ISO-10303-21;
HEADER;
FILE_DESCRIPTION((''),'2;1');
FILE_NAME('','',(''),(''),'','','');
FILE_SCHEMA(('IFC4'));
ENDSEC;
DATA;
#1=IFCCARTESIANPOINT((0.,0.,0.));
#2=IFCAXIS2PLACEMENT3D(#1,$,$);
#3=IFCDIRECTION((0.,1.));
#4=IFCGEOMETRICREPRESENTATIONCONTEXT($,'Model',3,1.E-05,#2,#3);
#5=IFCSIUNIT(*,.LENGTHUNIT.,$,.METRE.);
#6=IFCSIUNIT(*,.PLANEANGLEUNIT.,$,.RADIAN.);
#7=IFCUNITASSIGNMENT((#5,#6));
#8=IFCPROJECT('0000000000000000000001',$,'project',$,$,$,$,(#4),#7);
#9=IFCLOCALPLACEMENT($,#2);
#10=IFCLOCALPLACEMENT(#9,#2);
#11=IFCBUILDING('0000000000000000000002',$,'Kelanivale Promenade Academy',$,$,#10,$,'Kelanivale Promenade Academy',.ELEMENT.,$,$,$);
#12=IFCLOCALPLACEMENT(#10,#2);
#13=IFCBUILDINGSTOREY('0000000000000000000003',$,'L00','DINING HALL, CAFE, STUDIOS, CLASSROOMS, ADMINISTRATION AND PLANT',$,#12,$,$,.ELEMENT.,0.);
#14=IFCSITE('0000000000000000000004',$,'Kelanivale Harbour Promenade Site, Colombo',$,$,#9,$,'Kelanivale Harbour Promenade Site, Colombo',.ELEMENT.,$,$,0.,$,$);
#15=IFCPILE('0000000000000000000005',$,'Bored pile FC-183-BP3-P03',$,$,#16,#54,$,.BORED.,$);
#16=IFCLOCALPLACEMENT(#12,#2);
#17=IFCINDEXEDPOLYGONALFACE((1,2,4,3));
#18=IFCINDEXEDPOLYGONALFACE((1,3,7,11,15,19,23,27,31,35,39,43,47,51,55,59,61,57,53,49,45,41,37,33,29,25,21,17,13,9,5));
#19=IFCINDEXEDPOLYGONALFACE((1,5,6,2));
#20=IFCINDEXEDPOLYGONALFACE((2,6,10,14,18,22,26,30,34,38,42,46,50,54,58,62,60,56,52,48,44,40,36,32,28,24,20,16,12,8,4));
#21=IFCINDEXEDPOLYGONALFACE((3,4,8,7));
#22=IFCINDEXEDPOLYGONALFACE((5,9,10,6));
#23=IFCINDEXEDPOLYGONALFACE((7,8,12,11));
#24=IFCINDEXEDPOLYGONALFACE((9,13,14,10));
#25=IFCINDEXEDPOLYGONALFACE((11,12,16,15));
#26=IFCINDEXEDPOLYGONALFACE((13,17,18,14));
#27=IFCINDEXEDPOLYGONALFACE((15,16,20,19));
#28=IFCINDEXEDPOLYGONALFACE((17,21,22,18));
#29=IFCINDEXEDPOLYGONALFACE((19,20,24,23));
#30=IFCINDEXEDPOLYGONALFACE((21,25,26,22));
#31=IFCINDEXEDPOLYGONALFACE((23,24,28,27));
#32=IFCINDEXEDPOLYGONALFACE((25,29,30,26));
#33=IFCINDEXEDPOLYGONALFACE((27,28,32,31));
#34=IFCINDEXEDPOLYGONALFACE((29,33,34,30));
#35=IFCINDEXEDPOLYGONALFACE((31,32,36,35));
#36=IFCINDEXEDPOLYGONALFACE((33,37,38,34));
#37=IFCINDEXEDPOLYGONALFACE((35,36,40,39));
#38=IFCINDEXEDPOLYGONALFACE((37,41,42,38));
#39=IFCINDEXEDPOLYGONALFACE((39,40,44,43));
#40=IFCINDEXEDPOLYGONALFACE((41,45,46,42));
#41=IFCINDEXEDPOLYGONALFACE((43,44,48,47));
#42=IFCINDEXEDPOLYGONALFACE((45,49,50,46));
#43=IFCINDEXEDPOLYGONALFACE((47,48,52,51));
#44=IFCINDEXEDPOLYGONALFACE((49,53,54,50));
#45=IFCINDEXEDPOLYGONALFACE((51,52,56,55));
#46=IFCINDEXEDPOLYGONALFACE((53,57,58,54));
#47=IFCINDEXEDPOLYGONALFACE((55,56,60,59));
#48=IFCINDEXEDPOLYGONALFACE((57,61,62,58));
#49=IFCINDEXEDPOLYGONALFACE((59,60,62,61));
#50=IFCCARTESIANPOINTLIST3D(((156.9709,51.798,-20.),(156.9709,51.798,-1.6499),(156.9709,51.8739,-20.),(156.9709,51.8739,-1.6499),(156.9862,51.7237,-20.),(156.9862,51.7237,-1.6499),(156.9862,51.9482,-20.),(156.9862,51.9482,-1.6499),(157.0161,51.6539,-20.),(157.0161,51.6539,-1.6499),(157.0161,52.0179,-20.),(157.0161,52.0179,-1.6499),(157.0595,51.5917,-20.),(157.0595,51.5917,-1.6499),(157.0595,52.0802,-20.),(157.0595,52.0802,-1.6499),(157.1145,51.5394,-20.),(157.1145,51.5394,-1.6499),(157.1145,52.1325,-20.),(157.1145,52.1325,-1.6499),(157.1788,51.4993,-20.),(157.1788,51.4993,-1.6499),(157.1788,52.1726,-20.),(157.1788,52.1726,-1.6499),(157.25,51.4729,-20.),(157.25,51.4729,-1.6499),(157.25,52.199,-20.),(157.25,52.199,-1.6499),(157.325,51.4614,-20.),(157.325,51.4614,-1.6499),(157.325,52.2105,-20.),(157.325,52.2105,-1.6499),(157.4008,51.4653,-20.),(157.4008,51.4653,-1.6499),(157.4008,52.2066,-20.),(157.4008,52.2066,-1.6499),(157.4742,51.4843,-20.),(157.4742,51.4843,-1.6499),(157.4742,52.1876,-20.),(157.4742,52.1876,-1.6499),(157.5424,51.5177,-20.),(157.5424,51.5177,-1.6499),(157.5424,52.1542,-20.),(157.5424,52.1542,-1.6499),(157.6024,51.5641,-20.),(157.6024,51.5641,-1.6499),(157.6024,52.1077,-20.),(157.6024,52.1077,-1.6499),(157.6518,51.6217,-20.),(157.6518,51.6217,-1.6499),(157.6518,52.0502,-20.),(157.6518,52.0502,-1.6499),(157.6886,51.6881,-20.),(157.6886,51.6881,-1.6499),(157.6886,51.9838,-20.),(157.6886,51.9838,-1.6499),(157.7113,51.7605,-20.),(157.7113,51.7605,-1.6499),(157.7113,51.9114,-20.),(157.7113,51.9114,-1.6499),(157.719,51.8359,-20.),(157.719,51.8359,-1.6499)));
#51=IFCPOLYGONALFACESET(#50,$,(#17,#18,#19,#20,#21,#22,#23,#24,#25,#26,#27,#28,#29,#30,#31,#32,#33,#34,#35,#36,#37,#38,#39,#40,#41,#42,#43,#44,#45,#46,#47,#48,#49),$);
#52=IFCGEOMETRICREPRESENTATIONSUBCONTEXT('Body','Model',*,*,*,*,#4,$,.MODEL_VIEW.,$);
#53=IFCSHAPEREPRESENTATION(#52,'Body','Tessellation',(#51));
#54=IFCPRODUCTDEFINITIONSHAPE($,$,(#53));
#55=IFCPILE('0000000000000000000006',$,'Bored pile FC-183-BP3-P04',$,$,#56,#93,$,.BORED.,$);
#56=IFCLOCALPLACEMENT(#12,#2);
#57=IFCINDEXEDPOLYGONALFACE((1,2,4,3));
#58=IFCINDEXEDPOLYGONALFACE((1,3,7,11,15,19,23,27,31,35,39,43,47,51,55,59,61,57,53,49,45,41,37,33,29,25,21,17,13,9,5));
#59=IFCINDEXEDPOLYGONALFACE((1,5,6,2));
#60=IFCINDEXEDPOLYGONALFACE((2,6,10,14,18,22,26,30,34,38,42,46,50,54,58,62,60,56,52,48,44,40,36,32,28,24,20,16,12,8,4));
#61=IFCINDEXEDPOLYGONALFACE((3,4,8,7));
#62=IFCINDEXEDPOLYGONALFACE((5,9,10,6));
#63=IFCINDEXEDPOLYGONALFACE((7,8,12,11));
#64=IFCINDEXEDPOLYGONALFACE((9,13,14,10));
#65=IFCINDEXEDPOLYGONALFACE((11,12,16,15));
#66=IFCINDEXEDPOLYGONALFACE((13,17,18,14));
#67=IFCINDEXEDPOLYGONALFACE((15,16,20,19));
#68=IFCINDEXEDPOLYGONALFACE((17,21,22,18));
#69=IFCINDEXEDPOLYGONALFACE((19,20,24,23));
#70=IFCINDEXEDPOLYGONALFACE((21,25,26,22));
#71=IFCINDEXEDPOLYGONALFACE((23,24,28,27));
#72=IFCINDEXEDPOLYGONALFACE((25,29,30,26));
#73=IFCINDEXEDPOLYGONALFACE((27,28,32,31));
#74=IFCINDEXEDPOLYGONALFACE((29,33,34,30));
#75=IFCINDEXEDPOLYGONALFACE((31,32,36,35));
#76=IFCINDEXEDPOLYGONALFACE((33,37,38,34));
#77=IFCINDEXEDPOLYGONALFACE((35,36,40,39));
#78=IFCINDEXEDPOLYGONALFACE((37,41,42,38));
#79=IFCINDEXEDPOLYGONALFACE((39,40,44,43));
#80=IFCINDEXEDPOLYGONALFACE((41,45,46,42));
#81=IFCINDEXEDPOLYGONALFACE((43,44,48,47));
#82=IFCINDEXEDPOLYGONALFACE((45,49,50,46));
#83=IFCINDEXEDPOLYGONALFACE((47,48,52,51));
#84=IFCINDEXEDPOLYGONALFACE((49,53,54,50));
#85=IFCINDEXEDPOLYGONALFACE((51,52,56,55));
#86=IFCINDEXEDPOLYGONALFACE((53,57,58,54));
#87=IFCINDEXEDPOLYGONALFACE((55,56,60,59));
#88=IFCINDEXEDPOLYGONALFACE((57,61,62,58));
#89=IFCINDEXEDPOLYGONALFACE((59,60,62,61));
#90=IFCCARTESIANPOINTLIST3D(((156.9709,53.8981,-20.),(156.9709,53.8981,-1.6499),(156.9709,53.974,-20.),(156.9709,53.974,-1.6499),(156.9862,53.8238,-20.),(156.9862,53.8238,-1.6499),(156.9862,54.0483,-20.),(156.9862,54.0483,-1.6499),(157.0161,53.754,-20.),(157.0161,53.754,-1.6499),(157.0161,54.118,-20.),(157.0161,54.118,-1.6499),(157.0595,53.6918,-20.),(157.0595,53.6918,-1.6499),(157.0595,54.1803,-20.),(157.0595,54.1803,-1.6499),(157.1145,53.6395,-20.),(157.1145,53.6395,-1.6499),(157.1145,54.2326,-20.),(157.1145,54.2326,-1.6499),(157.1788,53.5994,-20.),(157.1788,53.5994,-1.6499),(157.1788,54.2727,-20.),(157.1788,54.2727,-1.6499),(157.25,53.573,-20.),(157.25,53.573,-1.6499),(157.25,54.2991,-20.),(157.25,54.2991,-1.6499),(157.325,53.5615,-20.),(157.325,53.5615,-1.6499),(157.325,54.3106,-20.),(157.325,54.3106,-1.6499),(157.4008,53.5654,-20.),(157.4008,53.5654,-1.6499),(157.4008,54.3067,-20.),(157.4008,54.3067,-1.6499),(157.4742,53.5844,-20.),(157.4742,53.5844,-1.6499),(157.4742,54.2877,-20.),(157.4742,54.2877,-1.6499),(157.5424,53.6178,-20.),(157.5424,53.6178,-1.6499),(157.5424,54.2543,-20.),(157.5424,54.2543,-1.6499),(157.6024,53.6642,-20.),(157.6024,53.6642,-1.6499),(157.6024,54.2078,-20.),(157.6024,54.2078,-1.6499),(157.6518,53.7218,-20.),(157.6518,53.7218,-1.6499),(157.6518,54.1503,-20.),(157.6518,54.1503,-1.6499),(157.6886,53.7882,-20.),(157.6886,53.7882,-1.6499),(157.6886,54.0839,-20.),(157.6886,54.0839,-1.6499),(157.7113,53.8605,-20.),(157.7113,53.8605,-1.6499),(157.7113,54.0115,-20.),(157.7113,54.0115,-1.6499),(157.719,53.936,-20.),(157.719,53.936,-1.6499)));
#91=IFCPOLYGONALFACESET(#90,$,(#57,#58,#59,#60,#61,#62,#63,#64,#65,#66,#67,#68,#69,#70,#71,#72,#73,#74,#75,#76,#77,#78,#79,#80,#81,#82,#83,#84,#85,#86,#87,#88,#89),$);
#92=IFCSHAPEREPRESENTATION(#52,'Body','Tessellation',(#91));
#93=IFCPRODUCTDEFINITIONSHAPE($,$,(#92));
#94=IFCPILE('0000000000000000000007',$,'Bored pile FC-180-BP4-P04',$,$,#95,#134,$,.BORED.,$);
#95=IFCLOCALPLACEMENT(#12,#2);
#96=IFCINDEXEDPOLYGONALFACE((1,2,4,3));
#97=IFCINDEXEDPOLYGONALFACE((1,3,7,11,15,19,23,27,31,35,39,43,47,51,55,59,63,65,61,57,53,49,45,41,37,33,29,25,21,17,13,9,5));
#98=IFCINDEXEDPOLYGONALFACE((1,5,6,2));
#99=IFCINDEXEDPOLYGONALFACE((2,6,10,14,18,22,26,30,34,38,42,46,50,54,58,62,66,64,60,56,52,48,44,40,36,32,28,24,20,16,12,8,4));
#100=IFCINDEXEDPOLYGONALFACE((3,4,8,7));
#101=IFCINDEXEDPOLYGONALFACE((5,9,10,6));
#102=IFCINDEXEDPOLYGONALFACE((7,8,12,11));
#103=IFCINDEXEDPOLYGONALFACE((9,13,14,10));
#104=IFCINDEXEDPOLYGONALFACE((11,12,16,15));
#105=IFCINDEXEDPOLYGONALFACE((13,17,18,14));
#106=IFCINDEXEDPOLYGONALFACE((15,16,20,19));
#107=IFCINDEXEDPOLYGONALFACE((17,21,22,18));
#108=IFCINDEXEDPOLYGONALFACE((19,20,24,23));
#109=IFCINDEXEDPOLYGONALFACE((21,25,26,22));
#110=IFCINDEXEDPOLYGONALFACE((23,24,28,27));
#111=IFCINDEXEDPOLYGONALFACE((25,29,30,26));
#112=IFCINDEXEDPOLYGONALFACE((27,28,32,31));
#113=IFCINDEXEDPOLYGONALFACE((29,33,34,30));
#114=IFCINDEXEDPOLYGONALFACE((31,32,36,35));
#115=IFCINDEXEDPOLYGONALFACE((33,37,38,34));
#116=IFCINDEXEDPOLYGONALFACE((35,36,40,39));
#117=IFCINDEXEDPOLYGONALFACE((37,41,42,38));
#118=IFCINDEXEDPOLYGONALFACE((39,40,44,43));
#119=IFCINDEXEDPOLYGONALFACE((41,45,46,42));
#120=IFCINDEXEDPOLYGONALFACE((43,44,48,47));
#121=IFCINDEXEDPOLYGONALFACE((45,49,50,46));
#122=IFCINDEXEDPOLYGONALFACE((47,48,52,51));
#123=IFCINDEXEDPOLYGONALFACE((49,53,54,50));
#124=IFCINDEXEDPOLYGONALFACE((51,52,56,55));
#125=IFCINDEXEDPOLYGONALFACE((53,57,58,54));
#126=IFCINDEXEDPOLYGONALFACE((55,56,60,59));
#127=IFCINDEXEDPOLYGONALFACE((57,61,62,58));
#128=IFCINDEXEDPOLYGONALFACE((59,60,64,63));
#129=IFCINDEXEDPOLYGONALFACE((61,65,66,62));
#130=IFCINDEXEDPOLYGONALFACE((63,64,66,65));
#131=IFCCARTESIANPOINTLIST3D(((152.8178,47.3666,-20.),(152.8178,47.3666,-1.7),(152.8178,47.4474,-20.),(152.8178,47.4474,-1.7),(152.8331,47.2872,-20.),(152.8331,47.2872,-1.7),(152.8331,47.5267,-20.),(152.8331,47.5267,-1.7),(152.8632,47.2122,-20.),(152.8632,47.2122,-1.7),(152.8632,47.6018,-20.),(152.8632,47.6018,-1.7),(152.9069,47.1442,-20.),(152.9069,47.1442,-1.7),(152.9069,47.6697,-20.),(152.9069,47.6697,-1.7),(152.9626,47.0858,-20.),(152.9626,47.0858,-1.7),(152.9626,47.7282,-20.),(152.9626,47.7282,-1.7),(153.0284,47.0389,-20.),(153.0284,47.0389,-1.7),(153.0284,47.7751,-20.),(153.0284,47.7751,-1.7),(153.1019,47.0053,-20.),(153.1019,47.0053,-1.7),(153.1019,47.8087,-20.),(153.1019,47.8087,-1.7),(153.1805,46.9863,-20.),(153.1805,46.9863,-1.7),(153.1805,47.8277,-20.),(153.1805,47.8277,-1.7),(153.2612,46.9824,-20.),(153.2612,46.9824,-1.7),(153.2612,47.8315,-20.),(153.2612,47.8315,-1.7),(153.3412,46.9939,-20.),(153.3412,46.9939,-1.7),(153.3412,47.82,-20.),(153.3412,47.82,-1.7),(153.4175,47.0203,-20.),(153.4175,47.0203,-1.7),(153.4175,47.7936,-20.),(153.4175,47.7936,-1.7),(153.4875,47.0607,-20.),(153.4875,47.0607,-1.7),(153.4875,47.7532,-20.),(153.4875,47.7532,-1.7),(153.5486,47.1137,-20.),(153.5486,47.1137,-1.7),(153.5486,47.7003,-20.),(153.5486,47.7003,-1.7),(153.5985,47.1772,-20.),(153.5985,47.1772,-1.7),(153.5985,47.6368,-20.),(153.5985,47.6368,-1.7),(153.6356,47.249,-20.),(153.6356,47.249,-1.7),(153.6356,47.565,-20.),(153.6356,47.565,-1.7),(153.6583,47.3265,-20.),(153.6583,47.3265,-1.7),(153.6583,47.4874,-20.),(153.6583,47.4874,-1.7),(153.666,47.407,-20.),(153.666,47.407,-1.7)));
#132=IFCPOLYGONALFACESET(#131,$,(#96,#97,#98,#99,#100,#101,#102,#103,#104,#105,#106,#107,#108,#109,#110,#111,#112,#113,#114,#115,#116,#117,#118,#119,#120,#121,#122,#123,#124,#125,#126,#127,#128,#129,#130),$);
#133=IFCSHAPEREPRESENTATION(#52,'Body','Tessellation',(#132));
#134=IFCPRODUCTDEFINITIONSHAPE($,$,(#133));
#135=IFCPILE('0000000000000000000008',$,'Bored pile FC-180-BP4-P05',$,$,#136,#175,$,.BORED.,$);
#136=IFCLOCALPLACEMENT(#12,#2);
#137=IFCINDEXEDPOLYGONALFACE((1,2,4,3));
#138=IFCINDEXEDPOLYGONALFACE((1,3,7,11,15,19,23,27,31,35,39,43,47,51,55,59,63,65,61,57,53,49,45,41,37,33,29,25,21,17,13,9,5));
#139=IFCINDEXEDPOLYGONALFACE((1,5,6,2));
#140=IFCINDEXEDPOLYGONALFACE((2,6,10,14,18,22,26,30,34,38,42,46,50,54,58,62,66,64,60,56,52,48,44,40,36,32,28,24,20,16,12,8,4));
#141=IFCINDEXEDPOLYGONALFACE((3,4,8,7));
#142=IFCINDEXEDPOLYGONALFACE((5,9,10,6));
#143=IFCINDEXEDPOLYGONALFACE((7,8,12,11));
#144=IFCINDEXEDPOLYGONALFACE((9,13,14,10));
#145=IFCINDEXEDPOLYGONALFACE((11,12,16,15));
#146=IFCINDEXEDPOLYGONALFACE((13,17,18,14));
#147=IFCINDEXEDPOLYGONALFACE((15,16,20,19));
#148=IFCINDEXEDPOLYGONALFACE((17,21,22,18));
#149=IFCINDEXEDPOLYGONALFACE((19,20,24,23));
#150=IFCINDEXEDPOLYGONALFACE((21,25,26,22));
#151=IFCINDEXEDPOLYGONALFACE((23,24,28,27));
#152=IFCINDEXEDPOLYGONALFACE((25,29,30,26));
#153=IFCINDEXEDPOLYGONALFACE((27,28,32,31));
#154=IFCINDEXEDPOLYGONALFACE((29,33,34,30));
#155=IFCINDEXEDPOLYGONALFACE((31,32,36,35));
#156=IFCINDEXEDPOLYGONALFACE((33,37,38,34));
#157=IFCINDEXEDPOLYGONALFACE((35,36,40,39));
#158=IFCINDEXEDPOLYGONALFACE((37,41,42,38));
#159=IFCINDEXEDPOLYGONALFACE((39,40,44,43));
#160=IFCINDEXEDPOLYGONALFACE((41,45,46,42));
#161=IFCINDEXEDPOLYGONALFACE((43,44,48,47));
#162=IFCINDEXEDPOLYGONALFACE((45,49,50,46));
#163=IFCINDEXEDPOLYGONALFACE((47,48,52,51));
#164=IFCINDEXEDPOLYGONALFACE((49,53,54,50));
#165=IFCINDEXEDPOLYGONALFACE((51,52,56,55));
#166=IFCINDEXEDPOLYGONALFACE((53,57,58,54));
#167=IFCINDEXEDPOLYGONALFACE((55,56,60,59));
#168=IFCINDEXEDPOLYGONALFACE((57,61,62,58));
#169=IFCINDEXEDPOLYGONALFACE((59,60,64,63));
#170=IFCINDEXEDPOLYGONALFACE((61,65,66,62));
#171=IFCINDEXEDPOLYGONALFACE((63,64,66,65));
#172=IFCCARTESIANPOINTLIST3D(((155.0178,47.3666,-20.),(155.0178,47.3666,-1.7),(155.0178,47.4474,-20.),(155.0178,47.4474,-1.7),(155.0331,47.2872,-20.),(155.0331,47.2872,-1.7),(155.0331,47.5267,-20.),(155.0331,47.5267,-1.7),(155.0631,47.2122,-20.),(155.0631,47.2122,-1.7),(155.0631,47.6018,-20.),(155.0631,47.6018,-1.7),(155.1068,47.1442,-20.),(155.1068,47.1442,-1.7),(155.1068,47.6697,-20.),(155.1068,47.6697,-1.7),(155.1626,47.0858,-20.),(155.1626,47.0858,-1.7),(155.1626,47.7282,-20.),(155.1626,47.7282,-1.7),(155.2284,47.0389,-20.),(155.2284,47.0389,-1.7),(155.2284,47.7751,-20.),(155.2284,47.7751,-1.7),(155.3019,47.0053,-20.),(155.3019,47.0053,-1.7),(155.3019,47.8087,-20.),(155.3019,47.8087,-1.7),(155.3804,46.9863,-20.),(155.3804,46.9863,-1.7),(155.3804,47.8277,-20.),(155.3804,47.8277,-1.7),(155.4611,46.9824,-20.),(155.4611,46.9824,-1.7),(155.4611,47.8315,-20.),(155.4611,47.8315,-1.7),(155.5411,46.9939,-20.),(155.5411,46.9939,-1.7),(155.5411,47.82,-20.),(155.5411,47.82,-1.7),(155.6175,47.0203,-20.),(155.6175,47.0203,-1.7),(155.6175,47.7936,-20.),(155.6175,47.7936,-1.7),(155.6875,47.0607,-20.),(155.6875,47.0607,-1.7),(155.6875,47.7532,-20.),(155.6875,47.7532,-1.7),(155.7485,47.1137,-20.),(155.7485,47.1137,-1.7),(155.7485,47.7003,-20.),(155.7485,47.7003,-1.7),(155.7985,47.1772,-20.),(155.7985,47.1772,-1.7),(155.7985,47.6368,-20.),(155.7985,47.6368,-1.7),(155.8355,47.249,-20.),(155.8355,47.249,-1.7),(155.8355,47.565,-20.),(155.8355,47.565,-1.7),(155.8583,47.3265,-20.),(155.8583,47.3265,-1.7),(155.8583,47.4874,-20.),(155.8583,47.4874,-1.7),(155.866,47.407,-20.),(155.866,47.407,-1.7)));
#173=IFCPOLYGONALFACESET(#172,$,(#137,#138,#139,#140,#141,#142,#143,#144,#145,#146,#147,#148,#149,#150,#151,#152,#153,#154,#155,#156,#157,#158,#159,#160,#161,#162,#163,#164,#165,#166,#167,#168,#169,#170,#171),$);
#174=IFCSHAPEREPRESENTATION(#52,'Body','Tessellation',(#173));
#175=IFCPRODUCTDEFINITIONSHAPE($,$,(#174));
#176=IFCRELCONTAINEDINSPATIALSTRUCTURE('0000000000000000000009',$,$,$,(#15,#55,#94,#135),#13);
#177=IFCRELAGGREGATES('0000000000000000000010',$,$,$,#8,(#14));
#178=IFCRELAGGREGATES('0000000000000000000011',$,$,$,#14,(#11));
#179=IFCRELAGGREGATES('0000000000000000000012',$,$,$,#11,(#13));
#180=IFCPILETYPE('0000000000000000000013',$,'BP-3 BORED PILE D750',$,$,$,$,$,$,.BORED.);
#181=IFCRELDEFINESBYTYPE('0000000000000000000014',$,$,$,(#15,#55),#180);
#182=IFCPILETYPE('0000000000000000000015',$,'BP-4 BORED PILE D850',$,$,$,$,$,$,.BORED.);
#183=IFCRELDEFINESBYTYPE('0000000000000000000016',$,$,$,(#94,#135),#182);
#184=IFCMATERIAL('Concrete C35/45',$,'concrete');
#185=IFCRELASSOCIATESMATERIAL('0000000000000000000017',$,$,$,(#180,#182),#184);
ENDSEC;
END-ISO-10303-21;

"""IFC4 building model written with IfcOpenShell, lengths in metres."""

from ifc_helpers import new_model, si_unit, direction, frame, origin, origin_2d, place, context, subcontext, project, spatial, circle, extrude, material, material_profile, profile_set, type_object, element, save


model = new_model("IFC4")

# Units and contexts
model_context = context("Model", 3, precision=1e-05, world=origin(), true_north=direction((0.0, 1.0)))
body_context = subcontext(model_context, "Body", "Model", "MODEL_VIEW")
ifc_project = project(units=[si_unit("LENGTHUNIT", "METRE"), si_unit("PLANEANGLEUNIT", "RADIAN")], contexts=[model_context])

# Site, building, storey
site_placement = place(None, origin())
site = spatial("IfcSite", under=ifc_project, at=site_placement, Name="Kelanivale Harbour Promenade Site, Colombo", LongName="Kelanivale Harbour Promenade Site, Colombo", CompositionType="ELEMENT", RefElevation=0.0)
building_placement = place(site_placement, origin())
building = spatial("IfcBuilding", under=site, at=building_placement, Name="Kelanivale Promenade Academy", LongName="Kelanivale Promenade Academy", CompositionType="ELEMENT")
storey_placement = place(building_placement, origin())
storey = spatial("IfcBuildingStorey", under=building, at=storey_placement, Name="L00", Description="DINING HALL, CAFE, STUDIOS, CLASSROOMS, ADMINISTRATION AND PLANT", CompositionType="ELEMENT", Elevation=0.0)

# Piles
ifc_material_1 = material(Name="Concrete C35/45", Category="concrete")
ifc_material_profile_1 = material_profile(ifc_material_1, circle(Radius=0.375, at=origin_2d()), Name="BORED PILE D750")
ifc_profile_set_1 = profile_set([ifc_material_profile_1], Name="Concrete C35/45")
pile_type_1 = type_object("IfcPileType", Name="BP-3 BORED PILE D750", PredefinedType="BORED", material=ifc_profile_set_1)
for number, where, z_axis, x_axis, name in (
    (1, (157.344, 51.8359, -1.6499), (0.0, 0.0, -1.0), (1.0, 0.0, 0.0), "Bored pile FC-183-BP3-P03"),
    (2, (157.344, 53.936, -1.6499), (0.0, 0.0, -1.0), (1.0, 0.0, 0.0), "Bored pile FC-183-BP3-P04"),
):
    element("IfcPile", number, at=place(storey_placement, frame(where, z_axis=z_axis, x_axis=x_axis)), inside=storey, type_object=pile_type_1, Name=name, PredefinedType="BORED", context=body_context, shape_type="SweptSolid", body=[
        extrude(circle(Radius=0.375, at=origin_2d()), origin(), (0.0, 0.0, 1.0), 18.3501),
    ])
ifc_material_profile_2 = material_profile(ifc_material_1, circle(Radius=0.425, at=origin_2d()), Name="BORED PILE D850")
ifc_profile_set_2 = profile_set([ifc_material_profile_2], Name="Concrete C35/45")
pile_type_2 = type_object("IfcPileType", Name="BP-4 BORED PILE D850", PredefinedType="BORED", material=ifc_profile_set_2)
for number, where, z_axis, x_axis, name in (
    (3, (153.241, 47.407, -1.7), (0.0, 0.0, -1.0), (1.0, 0.0, 0.0), "Bored pile FC-180-BP4-P04"),
    (4, (155.4409, 47.407, -1.7), (0.0, 0.0, -1.0), (1.0, 0.0, 0.0), "Bored pile FC-180-BP4-P05"),
):
    element("IfcPile", number, at=place(storey_placement, frame(where, z_axis=z_axis, x_axis=x_axis)), inside=storey, type_object=pile_type_2, Name=name, PredefinedType="BORED", context=body_context, shape_type="SweptSolid", body=[
        extrude(circle(Radius=0.425, at=origin_2d()), origin(), (0.0, 0.0, 1.0), 18.3),
    ])

save(model, "model.ifc")
